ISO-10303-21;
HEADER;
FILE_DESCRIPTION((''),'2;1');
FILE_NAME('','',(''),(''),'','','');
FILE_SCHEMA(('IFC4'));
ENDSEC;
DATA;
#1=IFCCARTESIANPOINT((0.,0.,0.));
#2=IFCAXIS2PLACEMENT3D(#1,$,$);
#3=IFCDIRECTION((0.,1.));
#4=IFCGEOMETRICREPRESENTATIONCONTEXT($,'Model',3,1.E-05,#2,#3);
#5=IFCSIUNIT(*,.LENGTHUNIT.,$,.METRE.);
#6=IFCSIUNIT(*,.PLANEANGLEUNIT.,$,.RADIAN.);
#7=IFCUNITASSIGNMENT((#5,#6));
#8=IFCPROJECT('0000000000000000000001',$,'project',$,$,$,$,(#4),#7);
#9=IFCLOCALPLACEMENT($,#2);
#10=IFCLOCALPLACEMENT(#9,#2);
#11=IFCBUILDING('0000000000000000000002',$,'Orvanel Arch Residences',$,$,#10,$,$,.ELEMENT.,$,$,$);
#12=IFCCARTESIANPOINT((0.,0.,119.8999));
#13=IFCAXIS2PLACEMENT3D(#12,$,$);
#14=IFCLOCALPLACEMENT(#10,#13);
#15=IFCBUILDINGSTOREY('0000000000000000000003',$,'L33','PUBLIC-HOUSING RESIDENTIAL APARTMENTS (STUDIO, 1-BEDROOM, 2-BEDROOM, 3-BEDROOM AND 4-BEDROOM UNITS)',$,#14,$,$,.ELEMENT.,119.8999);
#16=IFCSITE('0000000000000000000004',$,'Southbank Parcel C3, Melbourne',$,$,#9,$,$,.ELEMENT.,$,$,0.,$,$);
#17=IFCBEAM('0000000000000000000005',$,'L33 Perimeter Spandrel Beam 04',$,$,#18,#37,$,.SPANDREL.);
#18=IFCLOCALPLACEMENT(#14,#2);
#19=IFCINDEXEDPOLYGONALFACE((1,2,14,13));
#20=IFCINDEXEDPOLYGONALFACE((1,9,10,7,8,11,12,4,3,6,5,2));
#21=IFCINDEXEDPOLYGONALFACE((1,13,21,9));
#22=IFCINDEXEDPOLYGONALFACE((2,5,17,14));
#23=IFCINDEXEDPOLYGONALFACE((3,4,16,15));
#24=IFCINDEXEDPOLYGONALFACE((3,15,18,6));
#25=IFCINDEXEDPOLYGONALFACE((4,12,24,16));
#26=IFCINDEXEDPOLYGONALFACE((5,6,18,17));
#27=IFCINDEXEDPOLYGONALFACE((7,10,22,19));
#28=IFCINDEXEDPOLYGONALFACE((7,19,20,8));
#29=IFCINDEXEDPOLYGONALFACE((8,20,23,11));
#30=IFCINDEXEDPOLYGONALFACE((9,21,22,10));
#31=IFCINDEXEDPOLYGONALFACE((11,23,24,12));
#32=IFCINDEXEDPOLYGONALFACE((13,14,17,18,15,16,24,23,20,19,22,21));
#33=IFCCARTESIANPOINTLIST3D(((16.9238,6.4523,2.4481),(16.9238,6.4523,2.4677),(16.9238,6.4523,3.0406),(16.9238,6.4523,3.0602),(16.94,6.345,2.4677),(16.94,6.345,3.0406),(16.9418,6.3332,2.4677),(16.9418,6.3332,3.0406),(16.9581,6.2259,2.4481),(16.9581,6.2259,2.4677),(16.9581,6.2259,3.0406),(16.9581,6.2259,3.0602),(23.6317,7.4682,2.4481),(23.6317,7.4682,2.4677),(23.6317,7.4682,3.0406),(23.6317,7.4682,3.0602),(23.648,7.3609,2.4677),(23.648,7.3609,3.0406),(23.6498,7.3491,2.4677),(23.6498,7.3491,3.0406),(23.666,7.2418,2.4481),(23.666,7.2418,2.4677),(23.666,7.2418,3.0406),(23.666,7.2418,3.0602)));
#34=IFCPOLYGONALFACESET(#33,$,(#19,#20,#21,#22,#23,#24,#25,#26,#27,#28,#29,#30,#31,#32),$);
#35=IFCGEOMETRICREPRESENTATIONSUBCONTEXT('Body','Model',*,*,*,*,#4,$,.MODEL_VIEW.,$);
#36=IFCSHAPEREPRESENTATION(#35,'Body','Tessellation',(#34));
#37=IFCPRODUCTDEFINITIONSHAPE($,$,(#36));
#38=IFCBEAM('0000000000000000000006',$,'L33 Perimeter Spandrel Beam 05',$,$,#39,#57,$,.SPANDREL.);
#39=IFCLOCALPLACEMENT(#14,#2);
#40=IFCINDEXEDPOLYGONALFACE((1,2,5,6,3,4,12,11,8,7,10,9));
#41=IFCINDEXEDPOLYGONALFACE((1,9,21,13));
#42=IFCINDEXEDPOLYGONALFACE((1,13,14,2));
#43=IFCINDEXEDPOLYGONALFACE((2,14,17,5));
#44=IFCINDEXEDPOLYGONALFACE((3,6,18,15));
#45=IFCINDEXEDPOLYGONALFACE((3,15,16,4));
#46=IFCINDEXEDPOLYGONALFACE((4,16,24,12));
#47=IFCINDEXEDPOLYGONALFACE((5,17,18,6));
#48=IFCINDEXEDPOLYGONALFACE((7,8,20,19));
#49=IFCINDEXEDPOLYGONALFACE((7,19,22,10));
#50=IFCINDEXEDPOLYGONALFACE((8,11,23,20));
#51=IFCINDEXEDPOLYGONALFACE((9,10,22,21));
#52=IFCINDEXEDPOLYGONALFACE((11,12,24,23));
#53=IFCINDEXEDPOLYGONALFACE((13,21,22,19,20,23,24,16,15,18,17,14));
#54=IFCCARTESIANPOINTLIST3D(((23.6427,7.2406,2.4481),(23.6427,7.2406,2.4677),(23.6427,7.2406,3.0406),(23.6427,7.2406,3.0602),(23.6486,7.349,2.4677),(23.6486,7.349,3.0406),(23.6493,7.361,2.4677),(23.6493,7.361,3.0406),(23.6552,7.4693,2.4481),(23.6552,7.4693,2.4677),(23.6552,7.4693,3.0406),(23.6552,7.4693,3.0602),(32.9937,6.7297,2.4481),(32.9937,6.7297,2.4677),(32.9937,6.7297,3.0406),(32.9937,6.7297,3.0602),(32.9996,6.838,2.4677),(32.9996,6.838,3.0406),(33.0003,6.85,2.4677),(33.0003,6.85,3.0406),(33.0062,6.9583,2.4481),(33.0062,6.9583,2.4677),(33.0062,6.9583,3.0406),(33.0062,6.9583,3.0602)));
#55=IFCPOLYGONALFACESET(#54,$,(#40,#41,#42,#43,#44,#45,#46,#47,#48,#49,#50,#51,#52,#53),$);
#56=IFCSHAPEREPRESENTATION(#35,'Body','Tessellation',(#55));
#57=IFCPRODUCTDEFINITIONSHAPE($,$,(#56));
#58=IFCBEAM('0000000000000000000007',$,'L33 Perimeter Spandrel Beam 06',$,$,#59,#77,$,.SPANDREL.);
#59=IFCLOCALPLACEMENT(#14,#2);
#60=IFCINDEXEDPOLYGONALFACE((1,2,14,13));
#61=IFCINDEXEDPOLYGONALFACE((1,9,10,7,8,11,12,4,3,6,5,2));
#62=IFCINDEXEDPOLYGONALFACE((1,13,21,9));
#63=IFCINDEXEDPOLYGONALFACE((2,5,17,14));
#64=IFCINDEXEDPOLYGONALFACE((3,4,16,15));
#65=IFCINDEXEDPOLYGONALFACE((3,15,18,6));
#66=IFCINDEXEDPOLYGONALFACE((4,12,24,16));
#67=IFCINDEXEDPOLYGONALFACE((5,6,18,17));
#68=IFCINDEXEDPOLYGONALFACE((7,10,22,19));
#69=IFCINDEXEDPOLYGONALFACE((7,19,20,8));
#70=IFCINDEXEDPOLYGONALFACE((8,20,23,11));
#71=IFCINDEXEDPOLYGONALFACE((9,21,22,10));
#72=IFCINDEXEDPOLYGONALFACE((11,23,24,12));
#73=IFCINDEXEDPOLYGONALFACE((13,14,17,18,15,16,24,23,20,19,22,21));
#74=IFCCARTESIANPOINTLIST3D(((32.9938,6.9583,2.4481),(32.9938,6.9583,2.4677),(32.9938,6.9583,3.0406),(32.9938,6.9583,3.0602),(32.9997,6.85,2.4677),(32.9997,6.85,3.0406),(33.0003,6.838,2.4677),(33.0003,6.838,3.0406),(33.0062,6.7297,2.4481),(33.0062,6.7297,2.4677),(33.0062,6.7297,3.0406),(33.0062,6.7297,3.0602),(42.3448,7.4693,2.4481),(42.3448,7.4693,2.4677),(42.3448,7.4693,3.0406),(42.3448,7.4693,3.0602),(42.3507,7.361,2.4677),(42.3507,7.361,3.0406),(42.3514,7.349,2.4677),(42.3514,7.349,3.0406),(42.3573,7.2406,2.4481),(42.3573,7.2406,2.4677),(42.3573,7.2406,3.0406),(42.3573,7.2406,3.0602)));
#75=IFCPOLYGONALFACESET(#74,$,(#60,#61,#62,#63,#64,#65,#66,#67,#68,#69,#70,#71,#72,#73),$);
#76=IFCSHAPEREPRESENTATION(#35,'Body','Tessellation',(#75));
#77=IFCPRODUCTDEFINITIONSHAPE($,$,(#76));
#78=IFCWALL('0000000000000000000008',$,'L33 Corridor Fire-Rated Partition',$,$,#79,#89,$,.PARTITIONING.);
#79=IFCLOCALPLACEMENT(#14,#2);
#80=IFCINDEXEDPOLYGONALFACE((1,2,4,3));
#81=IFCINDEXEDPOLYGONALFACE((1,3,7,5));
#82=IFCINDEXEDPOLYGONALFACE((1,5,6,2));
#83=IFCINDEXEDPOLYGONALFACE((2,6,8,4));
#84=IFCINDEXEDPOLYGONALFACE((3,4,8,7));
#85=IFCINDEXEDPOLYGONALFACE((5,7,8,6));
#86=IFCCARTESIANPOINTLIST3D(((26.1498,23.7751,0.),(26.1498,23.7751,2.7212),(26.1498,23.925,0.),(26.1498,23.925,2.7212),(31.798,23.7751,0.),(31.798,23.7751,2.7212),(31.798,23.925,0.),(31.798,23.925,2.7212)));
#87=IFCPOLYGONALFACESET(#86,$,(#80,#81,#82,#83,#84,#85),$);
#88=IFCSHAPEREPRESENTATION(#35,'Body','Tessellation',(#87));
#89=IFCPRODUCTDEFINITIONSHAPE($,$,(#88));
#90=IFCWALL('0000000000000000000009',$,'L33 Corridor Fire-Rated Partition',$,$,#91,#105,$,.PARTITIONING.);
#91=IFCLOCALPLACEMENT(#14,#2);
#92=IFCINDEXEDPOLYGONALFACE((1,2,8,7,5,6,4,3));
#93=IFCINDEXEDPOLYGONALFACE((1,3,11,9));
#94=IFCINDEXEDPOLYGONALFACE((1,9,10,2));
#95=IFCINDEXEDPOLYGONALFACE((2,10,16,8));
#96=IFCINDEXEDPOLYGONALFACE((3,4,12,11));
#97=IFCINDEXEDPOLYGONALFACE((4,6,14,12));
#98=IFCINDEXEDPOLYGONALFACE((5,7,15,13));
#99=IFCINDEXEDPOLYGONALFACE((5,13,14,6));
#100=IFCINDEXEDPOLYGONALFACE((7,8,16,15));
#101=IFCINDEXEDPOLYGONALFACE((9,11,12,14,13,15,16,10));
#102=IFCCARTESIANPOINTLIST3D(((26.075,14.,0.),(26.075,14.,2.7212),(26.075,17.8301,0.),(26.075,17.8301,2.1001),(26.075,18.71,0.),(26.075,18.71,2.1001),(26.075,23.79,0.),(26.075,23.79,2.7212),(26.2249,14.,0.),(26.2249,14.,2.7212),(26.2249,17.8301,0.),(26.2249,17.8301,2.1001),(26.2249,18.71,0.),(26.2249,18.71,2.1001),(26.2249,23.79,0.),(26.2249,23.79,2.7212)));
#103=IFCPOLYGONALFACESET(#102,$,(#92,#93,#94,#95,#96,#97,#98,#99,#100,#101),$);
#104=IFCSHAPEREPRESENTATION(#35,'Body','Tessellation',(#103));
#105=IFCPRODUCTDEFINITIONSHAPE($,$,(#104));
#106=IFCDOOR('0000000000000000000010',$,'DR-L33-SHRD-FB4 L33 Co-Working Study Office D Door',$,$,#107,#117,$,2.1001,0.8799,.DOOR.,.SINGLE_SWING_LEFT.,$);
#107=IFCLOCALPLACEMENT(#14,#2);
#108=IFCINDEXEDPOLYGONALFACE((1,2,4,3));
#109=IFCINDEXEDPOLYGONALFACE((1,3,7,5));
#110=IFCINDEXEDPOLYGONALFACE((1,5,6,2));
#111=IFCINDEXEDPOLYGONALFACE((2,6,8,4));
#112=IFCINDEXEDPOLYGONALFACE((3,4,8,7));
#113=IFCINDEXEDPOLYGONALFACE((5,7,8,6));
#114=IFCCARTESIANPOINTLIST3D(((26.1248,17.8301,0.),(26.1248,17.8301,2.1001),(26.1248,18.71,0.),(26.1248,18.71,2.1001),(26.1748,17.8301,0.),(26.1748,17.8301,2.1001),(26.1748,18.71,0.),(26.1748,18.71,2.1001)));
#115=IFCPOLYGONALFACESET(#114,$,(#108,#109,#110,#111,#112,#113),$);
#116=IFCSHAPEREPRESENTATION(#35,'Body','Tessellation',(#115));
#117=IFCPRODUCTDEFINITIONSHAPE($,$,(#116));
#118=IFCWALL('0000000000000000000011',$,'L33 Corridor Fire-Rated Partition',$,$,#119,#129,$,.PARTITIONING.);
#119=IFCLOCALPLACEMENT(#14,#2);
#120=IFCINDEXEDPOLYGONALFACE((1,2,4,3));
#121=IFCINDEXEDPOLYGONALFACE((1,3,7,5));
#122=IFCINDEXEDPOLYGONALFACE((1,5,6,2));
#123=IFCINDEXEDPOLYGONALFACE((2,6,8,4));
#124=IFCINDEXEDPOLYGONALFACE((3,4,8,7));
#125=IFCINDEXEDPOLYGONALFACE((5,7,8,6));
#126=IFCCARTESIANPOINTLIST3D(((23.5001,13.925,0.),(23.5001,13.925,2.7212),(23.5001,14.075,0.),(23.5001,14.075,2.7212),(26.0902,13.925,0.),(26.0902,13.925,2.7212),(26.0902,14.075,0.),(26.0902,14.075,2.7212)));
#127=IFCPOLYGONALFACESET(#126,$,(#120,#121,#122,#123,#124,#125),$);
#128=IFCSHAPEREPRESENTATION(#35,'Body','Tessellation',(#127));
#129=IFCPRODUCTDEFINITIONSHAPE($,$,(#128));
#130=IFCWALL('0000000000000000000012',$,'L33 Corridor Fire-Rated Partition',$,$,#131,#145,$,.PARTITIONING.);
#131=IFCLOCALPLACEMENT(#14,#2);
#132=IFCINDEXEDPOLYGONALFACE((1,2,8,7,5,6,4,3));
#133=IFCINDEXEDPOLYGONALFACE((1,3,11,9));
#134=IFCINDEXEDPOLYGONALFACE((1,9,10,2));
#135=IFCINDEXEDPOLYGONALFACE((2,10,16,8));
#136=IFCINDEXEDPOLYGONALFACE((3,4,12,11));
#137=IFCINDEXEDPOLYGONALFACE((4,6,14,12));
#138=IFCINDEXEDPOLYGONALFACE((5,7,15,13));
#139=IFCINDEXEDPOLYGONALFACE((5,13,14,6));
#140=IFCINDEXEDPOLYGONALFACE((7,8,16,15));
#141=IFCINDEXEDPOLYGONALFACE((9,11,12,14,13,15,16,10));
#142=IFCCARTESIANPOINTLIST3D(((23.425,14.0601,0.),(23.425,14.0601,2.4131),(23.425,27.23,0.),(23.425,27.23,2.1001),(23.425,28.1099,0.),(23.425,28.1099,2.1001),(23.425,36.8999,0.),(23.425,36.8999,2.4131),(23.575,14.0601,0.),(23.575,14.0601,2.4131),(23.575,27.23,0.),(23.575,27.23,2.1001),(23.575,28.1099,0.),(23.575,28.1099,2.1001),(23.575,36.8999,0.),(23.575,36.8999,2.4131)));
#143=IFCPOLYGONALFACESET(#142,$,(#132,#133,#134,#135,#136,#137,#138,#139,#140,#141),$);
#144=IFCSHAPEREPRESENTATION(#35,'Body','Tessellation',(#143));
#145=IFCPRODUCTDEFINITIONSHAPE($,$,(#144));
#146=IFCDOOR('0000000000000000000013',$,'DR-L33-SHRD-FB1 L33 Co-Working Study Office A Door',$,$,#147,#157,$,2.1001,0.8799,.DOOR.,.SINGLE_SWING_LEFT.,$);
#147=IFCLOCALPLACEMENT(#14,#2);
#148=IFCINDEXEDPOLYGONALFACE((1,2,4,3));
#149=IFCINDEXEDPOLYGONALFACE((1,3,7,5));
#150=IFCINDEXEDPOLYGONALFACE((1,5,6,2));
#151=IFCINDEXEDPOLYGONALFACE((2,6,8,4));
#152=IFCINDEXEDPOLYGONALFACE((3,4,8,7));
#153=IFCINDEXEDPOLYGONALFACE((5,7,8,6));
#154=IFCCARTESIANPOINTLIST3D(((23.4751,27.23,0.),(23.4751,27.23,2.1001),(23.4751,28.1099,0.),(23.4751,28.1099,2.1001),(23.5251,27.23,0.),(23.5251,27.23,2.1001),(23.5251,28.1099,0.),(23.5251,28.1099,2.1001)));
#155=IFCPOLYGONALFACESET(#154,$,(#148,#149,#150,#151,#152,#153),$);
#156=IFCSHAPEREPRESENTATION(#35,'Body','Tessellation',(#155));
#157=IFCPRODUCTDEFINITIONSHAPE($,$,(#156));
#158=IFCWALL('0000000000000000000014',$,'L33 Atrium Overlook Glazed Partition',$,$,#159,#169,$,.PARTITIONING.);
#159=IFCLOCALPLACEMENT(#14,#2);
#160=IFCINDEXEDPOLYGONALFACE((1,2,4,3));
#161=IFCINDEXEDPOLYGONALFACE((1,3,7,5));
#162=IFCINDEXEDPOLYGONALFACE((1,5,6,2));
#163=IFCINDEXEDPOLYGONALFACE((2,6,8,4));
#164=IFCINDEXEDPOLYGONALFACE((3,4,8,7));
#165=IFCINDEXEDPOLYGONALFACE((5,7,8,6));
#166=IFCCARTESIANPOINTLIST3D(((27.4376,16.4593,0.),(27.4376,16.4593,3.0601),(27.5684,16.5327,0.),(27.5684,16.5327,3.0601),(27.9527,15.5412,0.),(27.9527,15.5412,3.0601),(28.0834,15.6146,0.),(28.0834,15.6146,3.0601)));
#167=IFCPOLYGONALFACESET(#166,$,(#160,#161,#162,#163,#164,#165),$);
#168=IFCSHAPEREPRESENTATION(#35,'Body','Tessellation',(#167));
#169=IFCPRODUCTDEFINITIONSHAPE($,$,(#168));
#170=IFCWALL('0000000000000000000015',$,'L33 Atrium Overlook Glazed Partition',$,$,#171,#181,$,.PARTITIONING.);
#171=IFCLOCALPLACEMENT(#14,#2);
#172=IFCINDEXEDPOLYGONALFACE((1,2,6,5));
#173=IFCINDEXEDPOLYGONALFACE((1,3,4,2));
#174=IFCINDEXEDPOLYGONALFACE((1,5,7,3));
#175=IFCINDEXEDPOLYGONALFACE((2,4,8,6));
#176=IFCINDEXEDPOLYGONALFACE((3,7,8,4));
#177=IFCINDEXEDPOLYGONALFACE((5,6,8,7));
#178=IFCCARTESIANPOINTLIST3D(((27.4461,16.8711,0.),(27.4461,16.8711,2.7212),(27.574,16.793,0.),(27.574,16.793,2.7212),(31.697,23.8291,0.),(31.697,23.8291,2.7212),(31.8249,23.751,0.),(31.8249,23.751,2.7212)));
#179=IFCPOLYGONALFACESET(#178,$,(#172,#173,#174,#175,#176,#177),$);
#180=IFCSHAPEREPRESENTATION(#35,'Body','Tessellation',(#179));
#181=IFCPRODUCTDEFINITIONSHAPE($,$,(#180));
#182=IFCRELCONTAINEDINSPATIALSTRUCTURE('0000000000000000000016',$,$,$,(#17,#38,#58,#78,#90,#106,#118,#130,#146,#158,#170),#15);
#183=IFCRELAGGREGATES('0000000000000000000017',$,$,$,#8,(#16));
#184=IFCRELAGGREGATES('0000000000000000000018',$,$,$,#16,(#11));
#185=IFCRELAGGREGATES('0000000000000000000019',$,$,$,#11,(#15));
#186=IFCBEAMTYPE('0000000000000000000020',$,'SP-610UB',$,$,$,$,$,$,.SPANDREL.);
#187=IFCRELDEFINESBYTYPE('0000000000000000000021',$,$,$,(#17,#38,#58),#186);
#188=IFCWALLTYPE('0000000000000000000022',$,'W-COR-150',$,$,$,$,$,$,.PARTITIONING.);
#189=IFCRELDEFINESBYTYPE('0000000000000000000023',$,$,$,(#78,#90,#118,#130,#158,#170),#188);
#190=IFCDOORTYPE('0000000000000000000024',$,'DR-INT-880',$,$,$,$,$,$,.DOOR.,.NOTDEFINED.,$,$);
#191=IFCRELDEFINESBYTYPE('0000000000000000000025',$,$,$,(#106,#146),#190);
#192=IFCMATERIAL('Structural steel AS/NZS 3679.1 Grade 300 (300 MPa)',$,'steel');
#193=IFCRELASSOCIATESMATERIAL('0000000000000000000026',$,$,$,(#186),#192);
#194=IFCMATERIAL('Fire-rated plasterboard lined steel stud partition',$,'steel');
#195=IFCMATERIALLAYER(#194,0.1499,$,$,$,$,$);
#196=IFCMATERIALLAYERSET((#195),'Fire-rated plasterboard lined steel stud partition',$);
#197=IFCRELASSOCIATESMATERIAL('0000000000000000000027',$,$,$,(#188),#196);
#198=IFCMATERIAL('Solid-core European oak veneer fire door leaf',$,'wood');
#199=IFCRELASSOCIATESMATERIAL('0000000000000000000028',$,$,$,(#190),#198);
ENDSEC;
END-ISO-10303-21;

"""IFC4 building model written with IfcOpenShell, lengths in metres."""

from ifc_helpers import new_model, si_unit, direction, frame, frame_2d, origin, origin_2d, place, context, subcontext, project, spatial, rectangle, i_section, extrude, material, layer, layer_set, material_profile, profile_set, type_object, element, fill, save


model = new_model("IFC4")

# Units and contexts
model_context = context("Model", 3, precision=1e-05, world=origin(), true_north=direction((0.0, 1.0)))
body_context = subcontext(model_context, "Body", "Model", "MODEL_VIEW")
ifc_project = project(units=[si_unit("LENGTHUNIT", "METRE"), si_unit("PLANEANGLEUNIT", "RADIAN")], contexts=[model_context])

# Site, building, storey
site_placement = place(None, origin())
site = spatial("IfcSite", under=ifc_project, at=site_placement, Name="Southbank Parcel C3, Melbourne", CompositionType="ELEMENT", RefElevation=0.0)
building_placement = place(site_placement, origin())
building = spatial("IfcBuilding", under=site, at=building_placement, Name="Orvanel Arch Residences", CompositionType="ELEMENT")
storey_placement = place(building_placement, frame((0.0, 0.0, 119.8999)))
storey = spatial("IfcBuildingStorey", under=building, at=storey_placement, Name="L33", Description="PUBLIC-HOUSING RESIDENTIAL APARTMENTS (STUDIO, 1-BEDROOM, 2-BEDROOM, 3-BEDROOM AND 4-BEDROOM UNITS)", CompositionType="ELEMENT", Elevation=119.8999)

# Beams
ifc_material_1 = material(Name="Structural steel AS/NZS 3679.1 Grade 300 (300 MPa)", Category="steel")
ifc_material_profile_1 = material_profile(ifc_material_1, i_section(OverallWidth=0.229, OverallDepth=0.6121, WebThickness=0.012, FlangeThickness=0.0195, at=origin_2d()), Name="610UB125")
ifc_profile_set_1 = profile_set([ifc_material_profile_1], Name="Structural steel AS/NZS 3679.1 Grade 300 (300 MPa)")
beam_type = type_object("IfcBeamType", Name="SP-610UB", PredefinedType="SPANDREL", material=ifc_profile_set_1)
beam_1_placement = place(storey_placement, frame((16.9409, 6.3391, 2.7542), z_axis=(0.988726, 0.149734, 0.0), x_axis=(-0.149734, 0.988726, 0.0)))
element("IfcBeam", 1, at=beam_1_placement, inside=storey, type_object=beam_type, Name="L33 Perimeter Spandrel Beam 04", PredefinedType="SPANDREL", context=body_context, shape_type="SweptSolid", body=[
    extrude(i_section(OverallWidth=0.229, OverallDepth=0.6121, WebThickness=0.012, FlangeThickness=0.0195, at=origin_2d()), origin(), (0.0, 0.0, 1.0), 6.7844),
])
for number, where, z_axis, x_axis, name in (
    (2, (23.6489, 7.355, 2.7542), (0.99851, -0.054563, 0.0), (0.054563, 0.99851, 0.0), "L33 Perimeter Spandrel Beam 05"),
    (3, (33.0, 6.844, 2.7542), (0.99851, 0.054563, 0.0), (-0.054563, 0.99851, 0.0), "L33 Perimeter Spandrel Beam 06"),
):
    element("IfcBeam", number, at=place(storey_placement, frame(where, z_axis=z_axis, x_axis=x_axis)), inside=storey, type_object=beam_type, Name=name, PredefinedType="SPANDREL", context=body_context, shape_type="SweptSolid", body=[
        extrude(i_section(OverallWidth=0.229, OverallDepth=0.6121, WebThickness=0.012, FlangeThickness=0.0195, at=origin_2d()), origin(), (0.0, 0.0, 1.0), 9.365),
    ])

# Wall
ifc_material_2 = material(Name="Fire-rated plasterboard lined steel stud partition", Category="steel")
ifc_layer_1 = layer(ifc_material_2, 0.1499)
ifc_layer_set_1 = layer_set([ifc_layer_1], Name="Fire-rated plasterboard lined steel stud partition")
wall_type_1 = type_object("IfcWallType", Name="W-COR-150", PredefinedType="PARTITIONING", material=ifc_layer_set_1)
wall_1_placement = place(storey_placement, frame((31.7981, 23.8501, 0.0), z_axis=(0.0, 0.0, 1.0), x_axis=(-1.0, 0.0, 0.0)))
element("IfcWall", 4, at=wall_1_placement, inside=storey, type_object=wall_type_1, Name="L33 Corridor Fire-Rated Partition", PredefinedType="PARTITIONING", context=body_context, shape_type="SweptSolid", body=[
    extrude(rectangle(XDim=5.6482, YDim=0.1499, at=frame_2d((2.8242, 0.0))), origin(), (0.0, 0.0, 1.0), 2.7212),
])

# Wall, opening, door
wall_2_placement = place(storey_placement, frame((26.1499, 23.79, 0.0), z_axis=(0.0, 0.0, 1.0), x_axis=(0.0, -1.0, 0.0)))
wall_2 = element("IfcWall", 5, at=wall_2_placement, inside=storey, type_object=wall_type_1, Name="L33 Corridor Fire-Rated Partition", PredefinedType="PARTITIONING", context=body_context, shape_type="SweptSolid", body=[
    extrude(rectangle(XDim=9.79, YDim=0.1499, at=frame_2d((4.895, 0.0))), origin(), (0.0, 0.0, 1.0), 2.7212),
])
opening_1_placement = place(wall_2_placement, frame((5.0801, 0.0, 0.0)))
opening_1 = element("IfcOpeningElement", 6, at=opening_1_placement, cuts=wall_2, PredefinedType="OPENING", context=body_context, shape_type="SweptSolid", body=[
    extrude(rectangle(XDim=0.8799, YDim=2.1001, at=frame_2d((0.4399, 1.05))), frame((0.0, 0.085, 0.0), z_axis=(0.0, -1.0, 0.0), x_axis=(1.0, 0.0, 0.0)), (0.0, 0.0, 1.0), 0.1699),
])
ifc_material_3 = material(Name="Solid-core European oak veneer fire door leaf", Category="wood")
door_type_1 = type_object("IfcDoorType", Name="DR-INT-880", OperationType="NOTDEFINED", PredefinedType="DOOR", material=ifc_material_3)
door_1_placement = place(opening_1_placement, origin())
door_1 = element("IfcDoor", 7, at=door_1_placement, inside=storey, type_object=door_type_1, Name="DR-L33-SHRD-FB4 L33 Co-Working Study Office D Door", OperationType="SINGLE_SWING_LEFT", OverallHeight=2.1001, OverallWidth=0.8799, PredefinedType="DOOR", context=body_context, shape_type="SweptSolid", body=[
    extrude(rectangle(XDim=0.8799, YDim=2.1001, at=frame_2d((0.4399, 1.05))), frame((0.0, 0.0249, 0.0), z_axis=(0.0, -1.0, 0.0), x_axis=(1.0, 0.0, 0.0)), (0.0, 0.0, 1.0), 0.05),
])
fill(opening_1, door_1)

# Wall
wall_3_placement = place(storey_placement, frame((26.0901, 14.0, 0.0), z_axis=(0.0, 0.0, 1.0), x_axis=(-1.0, 0.0, 0.0)))
element("IfcWall", 8, at=wall_3_placement, inside=storey, type_object=wall_type_1, Name="L33 Corridor Fire-Rated Partition", PredefinedType="PARTITIONING", context=body_context, shape_type="SweptSolid", body=[
    extrude(rectangle(XDim=2.5901, YDim=0.1499, at=frame_2d((1.2949, 0.0))), origin(), (0.0, 0.0, 1.0), 2.7212),
])

# Wall, opening, door
wall_4_placement = place(storey_placement, frame((23.5, 14.0601, 0.0), z_axis=(0.0, 0.0, 1.0), x_axis=(0.0, 1.0, 0.0)))
wall_4 = element("IfcWall", 9, at=wall_4_placement, inside=storey, type_object=wall_type_1, Name="L33 Corridor Fire-Rated Partition", PredefinedType="PARTITIONING", context=body_context, shape_type="SweptSolid", body=[
    extrude(rectangle(XDim=22.8398, YDim=0.1499, at=frame_2d((11.4199, 0.0))), origin(), (0.0, 0.0, 1.0), 2.4131),
])
opening_2_placement = place(wall_4_placement, frame((13.1699, 0.0, 0.0)))
opening_2 = element("IfcOpeningElement", 10, at=opening_2_placement, cuts=wall_4, PredefinedType="OPENING", context=body_context, shape_type="SweptSolid", body=[
    extrude(rectangle(XDim=0.8799, YDim=2.1001, at=frame_2d((0.4399, 1.05))), frame((0.0, 0.085, 0.0), z_axis=(0.0, -1.0, 0.0), x_axis=(1.0, 0.0, 0.0)), (0.0, 0.0, 1.0), 0.1699),
])
door_2_placement = place(opening_2_placement, origin())
door_2 = element("IfcDoor", 11, at=door_2_placement, inside=storey, type_object=door_type_1, Name="DR-L33-SHRD-FB1 L33 Co-Working Study Office A Door", OperationType="SINGLE_SWING_LEFT", OverallHeight=2.1001, OverallWidth=0.8799, PredefinedType="DOOR", context=body_context, shape_type="SweptSolid", body=[
    extrude(rectangle(XDim=0.8799, YDim=2.1001, at=frame_2d((0.4399, 1.05))), frame((0.0, 0.0249, 0.0), z_axis=(0.0, -1.0, 0.0), x_axis=(1.0, 0.0, 0.0)), (0.0, 0.0, 1.0), 0.05),
])
fill(opening_2, door_2)

# Walls
wall_5_placement = place(storey_placement, frame((28.0181, 15.5779, 0.0), z_axis=(0.0, 0.0, 1.0), x_axis=(-0.489281, 0.872126, 0.0)))
element("IfcWall", 12, at=wall_5_placement, inside=storey, type_object=wall_type_1, Name="L33 Atrium Overlook Glazed Partition", PredefinedType="PARTITIONING", context=body_context, shape_type="SweptSolid", body=[
    extrude(rectangle(XDim=1.0527, YDim=0.1499, at=frame_2d((0.5264, 0.0))), origin(), (0.0, 0.0, 1.0), 3.0601),
])
wall_6_placement = place(storey_placement, frame((27.51, 16.832, 0.0), z_axis=(0.0, 0.0, 1.0), x_axis=(0.521348, 0.853344, 0.0)))
element("IfcWall", 13, at=wall_6_placement, inside=storey, type_object=wall_type_1, Name="L33 Atrium Overlook Glazed Partition", PredefinedType="PARTITIONING", context=body_context, shape_type="SweptSolid", body=[
    extrude(rectangle(XDim=8.1538, YDim=0.1499, at=frame_2d((4.0769, 0.0))), origin(), (0.0, 0.0, 1.0), 2.7212),
])

save(model, "model.ifc")
